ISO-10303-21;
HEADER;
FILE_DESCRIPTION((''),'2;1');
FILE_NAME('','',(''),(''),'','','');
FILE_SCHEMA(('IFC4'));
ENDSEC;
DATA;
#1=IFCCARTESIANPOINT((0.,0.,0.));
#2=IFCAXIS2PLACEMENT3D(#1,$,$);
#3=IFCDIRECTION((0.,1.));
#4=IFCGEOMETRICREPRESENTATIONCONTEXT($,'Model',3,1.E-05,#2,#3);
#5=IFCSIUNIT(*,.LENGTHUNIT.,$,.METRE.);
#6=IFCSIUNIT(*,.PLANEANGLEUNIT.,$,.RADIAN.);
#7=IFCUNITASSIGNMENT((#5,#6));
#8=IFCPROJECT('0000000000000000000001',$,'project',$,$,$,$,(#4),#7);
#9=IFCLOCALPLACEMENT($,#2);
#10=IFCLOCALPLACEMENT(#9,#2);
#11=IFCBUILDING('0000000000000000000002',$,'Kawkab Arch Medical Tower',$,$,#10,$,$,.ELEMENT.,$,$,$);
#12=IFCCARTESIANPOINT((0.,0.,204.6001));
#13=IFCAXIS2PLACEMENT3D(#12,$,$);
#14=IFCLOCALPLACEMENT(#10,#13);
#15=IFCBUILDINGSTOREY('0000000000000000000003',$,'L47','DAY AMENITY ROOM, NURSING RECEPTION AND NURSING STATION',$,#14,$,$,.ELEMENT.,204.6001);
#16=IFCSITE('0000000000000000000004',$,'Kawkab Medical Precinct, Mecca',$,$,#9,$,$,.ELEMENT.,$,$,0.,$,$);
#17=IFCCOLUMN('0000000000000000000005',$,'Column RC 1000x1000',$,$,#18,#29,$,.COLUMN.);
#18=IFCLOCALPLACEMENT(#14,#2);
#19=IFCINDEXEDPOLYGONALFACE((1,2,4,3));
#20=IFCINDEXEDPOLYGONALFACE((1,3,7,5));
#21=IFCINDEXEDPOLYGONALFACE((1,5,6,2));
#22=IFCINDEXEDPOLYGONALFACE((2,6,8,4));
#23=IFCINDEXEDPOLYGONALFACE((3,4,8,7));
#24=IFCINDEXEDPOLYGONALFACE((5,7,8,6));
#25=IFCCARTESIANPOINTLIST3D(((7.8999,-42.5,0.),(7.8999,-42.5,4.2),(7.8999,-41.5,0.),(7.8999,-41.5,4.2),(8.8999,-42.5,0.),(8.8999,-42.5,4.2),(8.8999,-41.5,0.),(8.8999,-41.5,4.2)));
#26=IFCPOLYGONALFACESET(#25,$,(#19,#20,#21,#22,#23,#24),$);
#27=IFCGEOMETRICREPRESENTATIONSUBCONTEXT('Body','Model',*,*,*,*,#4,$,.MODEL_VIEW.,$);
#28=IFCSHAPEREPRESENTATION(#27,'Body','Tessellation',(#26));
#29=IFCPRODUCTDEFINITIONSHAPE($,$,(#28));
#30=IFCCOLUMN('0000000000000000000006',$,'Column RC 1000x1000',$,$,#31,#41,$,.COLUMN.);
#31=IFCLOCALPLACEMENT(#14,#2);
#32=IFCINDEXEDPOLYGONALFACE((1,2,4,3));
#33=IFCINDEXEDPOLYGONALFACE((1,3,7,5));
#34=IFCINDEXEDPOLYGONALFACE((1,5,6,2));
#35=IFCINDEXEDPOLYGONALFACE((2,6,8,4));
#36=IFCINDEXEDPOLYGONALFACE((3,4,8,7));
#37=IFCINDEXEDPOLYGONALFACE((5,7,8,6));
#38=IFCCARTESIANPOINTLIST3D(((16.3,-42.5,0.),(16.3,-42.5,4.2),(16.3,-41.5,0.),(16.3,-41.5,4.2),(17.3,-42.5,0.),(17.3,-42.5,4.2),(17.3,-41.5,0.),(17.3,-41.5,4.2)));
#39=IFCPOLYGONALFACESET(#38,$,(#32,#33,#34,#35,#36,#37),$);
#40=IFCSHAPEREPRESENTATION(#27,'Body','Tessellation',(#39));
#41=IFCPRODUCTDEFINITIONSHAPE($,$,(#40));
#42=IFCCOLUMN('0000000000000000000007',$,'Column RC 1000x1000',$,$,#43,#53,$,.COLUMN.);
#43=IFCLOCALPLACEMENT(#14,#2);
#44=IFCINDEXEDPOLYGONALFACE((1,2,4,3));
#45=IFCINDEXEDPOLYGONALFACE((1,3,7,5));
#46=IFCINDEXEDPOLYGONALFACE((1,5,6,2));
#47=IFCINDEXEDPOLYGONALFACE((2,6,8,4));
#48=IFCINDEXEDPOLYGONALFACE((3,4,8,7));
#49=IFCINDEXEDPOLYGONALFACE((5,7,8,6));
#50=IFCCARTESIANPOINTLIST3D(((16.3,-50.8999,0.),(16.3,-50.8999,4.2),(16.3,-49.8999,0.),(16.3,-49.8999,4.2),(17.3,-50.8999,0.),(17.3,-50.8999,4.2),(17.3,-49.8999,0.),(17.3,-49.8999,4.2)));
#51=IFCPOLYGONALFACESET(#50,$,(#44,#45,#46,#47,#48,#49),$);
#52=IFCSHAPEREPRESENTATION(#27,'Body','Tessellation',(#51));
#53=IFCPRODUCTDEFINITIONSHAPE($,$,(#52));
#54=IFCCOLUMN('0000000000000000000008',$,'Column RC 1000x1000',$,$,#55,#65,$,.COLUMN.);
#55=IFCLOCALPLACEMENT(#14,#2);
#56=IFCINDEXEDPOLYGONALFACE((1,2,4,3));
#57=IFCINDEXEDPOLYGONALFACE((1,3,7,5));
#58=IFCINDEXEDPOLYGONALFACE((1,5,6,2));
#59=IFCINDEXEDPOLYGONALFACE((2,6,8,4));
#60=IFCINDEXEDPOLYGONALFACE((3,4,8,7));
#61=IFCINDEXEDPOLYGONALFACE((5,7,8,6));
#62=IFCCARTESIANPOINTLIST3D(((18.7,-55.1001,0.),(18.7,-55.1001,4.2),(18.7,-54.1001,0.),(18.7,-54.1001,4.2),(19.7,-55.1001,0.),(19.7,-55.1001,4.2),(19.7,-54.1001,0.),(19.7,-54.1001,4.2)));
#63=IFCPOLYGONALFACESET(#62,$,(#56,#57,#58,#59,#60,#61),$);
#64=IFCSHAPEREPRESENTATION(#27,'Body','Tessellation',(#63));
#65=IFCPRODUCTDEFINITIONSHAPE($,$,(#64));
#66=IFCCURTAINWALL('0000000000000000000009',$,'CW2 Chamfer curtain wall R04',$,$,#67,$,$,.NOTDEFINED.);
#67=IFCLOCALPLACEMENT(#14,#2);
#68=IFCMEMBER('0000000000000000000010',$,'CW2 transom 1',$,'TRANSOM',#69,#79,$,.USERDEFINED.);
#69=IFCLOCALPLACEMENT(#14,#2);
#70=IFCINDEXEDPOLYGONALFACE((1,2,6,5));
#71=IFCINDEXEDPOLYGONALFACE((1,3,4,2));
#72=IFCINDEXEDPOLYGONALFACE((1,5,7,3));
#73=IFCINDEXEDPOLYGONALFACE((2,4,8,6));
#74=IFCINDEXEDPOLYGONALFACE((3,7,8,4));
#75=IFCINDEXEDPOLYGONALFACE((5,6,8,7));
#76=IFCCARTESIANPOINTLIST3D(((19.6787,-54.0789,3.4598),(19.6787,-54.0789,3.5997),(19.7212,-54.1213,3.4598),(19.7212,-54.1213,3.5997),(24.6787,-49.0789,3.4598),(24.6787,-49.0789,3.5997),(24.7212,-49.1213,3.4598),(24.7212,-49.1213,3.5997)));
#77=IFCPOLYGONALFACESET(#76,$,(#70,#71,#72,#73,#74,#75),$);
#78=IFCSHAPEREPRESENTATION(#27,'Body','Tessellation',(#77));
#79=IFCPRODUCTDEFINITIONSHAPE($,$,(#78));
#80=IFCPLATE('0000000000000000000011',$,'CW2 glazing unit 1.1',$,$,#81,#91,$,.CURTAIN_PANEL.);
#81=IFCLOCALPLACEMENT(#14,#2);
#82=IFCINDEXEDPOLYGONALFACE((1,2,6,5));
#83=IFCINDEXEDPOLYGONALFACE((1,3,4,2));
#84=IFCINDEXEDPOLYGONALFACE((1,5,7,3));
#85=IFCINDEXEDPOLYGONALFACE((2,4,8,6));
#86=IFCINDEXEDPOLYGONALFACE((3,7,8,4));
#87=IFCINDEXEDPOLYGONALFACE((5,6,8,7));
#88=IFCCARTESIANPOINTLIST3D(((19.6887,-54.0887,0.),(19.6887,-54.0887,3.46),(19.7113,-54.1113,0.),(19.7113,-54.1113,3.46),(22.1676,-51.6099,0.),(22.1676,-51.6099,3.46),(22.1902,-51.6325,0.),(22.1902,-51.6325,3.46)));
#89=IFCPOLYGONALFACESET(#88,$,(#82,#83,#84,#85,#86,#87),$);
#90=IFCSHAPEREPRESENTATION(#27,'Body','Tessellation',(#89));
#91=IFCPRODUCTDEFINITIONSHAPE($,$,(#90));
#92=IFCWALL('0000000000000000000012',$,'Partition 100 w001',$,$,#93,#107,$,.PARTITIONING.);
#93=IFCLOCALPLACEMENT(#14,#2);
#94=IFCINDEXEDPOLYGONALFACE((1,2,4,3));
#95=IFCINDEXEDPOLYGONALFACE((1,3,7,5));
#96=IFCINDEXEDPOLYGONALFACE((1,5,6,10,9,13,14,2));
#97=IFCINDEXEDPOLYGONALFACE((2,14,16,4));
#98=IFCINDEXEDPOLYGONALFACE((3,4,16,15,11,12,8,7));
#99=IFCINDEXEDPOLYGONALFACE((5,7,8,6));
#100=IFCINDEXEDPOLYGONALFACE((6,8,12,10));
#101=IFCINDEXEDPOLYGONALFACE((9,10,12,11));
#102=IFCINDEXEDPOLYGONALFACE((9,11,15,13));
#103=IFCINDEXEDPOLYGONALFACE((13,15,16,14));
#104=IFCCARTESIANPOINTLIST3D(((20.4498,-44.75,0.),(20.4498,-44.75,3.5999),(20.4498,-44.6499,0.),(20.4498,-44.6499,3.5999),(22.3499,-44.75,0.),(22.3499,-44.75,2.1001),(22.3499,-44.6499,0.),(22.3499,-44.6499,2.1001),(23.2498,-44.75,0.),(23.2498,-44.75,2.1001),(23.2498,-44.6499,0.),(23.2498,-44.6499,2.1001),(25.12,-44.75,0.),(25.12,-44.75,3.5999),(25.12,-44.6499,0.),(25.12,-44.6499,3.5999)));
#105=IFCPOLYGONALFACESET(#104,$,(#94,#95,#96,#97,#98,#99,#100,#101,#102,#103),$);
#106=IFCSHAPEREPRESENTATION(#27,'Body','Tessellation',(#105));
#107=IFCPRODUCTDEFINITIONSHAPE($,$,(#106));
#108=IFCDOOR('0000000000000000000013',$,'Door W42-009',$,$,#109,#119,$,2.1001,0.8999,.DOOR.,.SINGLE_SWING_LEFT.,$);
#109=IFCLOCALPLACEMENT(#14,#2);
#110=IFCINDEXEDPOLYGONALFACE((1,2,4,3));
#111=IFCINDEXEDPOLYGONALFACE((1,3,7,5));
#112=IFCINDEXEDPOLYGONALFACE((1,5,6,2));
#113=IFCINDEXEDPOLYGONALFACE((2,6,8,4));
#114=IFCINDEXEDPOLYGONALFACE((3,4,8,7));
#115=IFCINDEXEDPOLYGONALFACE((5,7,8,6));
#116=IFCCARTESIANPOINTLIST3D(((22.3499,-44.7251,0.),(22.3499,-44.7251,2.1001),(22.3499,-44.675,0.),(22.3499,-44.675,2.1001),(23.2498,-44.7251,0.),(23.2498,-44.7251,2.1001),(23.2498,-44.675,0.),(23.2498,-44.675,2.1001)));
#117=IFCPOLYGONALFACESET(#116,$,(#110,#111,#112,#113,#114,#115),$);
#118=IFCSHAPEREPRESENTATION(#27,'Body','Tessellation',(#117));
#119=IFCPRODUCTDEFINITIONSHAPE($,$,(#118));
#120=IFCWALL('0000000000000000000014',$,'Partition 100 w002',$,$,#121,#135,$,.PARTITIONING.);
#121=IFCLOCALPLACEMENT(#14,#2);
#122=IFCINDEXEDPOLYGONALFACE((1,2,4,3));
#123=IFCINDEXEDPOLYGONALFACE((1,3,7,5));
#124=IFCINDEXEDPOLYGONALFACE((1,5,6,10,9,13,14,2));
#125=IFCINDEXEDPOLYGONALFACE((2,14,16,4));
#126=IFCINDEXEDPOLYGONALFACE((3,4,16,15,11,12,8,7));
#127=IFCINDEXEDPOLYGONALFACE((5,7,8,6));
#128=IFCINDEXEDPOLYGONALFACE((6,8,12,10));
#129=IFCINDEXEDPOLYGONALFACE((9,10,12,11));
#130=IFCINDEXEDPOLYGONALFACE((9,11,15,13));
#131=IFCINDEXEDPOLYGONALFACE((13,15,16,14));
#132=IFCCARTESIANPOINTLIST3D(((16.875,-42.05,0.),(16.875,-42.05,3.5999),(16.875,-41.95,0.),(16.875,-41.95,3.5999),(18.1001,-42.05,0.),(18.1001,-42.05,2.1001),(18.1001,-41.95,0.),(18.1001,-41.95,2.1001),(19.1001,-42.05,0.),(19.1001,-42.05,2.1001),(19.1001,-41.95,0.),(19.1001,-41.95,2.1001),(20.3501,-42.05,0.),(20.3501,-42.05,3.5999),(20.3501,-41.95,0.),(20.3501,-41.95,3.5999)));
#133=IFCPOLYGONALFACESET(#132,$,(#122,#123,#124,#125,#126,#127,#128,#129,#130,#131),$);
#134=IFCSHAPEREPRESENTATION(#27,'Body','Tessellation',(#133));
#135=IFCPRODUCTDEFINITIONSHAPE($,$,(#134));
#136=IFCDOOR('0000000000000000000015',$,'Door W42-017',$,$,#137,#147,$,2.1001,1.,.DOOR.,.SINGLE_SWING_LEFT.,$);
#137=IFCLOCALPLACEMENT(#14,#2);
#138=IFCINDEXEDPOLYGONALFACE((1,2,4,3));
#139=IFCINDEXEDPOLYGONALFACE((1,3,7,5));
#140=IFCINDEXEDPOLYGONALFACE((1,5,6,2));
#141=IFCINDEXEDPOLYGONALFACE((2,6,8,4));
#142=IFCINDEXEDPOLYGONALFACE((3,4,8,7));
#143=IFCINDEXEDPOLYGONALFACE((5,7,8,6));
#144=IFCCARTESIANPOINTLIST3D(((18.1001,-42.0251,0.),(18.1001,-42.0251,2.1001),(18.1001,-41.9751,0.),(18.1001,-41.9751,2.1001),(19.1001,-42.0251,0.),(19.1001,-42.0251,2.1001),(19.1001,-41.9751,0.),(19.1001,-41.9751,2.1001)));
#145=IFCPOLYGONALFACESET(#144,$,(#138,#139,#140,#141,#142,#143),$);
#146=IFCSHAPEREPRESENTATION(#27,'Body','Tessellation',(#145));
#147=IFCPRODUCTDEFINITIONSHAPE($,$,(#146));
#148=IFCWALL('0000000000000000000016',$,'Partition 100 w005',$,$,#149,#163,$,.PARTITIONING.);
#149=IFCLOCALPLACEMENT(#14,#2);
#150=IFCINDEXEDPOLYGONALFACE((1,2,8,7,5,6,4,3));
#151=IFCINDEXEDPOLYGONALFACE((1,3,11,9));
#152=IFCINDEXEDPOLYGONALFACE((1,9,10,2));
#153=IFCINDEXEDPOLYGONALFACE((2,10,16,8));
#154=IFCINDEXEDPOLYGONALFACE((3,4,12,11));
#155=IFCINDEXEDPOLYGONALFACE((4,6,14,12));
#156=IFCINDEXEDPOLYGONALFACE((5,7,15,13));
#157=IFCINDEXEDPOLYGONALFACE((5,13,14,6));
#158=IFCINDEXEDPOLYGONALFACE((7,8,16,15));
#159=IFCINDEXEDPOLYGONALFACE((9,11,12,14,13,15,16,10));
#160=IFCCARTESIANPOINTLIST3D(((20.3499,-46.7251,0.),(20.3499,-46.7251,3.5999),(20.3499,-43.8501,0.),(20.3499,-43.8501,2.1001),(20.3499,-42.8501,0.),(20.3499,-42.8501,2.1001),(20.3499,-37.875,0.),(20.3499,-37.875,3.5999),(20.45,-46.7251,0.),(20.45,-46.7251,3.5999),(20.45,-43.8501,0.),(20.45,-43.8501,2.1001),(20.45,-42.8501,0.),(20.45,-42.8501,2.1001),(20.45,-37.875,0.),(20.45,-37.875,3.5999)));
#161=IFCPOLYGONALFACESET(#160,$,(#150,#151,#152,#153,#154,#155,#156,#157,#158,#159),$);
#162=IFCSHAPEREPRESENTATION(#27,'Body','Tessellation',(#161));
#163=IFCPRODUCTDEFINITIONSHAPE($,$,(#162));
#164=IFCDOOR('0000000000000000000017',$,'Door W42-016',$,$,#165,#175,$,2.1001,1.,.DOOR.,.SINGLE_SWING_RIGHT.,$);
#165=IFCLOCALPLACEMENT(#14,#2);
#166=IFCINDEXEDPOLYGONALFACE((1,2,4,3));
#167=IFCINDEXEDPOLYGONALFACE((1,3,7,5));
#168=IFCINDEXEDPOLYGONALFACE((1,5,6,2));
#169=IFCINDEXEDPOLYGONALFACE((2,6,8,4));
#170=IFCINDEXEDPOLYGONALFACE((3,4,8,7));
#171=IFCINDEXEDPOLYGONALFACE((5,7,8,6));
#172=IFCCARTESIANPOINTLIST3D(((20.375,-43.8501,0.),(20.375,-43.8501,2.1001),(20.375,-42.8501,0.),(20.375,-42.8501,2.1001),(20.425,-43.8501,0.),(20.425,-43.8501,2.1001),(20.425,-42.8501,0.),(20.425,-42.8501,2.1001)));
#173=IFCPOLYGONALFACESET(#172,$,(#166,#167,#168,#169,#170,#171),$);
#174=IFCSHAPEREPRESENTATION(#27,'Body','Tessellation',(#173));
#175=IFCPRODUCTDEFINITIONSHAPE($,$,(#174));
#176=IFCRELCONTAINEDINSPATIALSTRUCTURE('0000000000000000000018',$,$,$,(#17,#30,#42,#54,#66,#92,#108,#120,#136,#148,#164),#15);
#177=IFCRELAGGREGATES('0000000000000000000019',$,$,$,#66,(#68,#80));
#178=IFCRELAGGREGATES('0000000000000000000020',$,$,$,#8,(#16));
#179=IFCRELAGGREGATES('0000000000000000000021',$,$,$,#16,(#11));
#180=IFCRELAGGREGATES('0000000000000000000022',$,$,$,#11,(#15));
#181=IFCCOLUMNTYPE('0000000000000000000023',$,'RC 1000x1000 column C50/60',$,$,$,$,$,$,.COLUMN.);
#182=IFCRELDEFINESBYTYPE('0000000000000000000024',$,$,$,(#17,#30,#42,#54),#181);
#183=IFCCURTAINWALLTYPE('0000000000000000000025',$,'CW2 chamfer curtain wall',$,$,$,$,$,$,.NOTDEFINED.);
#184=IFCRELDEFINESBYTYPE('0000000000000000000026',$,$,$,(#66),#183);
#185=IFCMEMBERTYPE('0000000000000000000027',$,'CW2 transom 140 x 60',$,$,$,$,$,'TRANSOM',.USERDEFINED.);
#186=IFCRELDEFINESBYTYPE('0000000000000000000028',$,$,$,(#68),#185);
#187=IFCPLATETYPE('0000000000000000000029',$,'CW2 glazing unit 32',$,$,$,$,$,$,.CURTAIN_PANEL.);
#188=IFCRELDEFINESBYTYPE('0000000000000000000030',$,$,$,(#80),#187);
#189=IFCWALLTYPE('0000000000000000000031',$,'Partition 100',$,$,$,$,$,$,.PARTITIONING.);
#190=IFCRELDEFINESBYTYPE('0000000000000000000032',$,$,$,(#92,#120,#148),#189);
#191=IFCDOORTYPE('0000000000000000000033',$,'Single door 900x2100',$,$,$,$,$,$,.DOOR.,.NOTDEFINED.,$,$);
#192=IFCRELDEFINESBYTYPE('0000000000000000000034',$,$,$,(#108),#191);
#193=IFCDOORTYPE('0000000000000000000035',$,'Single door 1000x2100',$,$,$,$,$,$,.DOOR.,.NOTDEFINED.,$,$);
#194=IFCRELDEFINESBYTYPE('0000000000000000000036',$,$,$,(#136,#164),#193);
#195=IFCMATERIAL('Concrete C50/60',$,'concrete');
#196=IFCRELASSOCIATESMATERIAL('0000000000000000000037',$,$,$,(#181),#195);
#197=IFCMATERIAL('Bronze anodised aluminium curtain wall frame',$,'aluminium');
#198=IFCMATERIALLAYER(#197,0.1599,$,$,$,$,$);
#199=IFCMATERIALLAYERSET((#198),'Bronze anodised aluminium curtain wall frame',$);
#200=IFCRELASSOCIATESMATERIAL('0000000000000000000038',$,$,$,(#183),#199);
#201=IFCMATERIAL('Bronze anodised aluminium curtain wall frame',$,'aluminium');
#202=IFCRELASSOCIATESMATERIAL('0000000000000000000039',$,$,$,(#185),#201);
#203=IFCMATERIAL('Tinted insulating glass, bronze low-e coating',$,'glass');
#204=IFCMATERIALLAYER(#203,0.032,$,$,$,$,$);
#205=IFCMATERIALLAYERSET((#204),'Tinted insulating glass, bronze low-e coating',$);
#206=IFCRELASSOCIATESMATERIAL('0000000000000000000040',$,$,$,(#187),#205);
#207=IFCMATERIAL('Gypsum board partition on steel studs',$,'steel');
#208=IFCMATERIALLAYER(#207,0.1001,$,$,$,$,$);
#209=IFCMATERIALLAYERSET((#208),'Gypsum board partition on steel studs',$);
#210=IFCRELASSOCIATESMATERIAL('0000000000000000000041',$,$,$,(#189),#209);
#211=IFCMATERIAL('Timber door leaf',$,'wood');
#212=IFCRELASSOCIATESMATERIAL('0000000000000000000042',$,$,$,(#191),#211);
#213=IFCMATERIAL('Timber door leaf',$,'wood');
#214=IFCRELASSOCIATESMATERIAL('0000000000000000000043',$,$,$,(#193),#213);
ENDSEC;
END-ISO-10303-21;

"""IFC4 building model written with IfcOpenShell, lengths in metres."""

from ifc_helpers import new_model, si_unit, direction, frame, frame_2d, origin, origin_2d, place, context, subcontext, project, spatial, rectangle, extrude, material, layer, layer_set, material_profile, profile_set, type_object, element, fill, aggregate, save


model = new_model("IFC4")

# Units and contexts
model_context = context("Model", 3, precision=1e-05, world=origin(), true_north=direction((0.0, 1.0)))
body_context = subcontext(model_context, "Body", "Model", "MODEL_VIEW")
ifc_project = project(units=[si_unit("LENGTHUNIT", "METRE"), si_unit("PLANEANGLEUNIT", "RADIAN")], contexts=[model_context])

# Site, building, storey
site_placement = place(None, origin())
site = spatial("IfcSite", under=ifc_project, at=site_placement, Name="Kawkab Medical Precinct, Mecca", CompositionType="ELEMENT", RefElevation=0.0)
building_placement = place(site_placement, origin())
building = spatial("IfcBuilding", under=site, at=building_placement, Name="Kawkab Arch Medical Tower", CompositionType="ELEMENT")
storey_placement = place(building_placement, frame((0.0, 0.0, 204.6001)))
storey = spatial("IfcBuildingStorey", under=building, at=storey_placement, Name="L47", Description="DAY AMENITY ROOM, NURSING RECEPTION AND NURSING STATION", CompositionType="ELEMENT", Elevation=204.6001)

# Columns
ifc_material_1 = material(Name="Concrete C50/60", Category="concrete")
ifc_material_profile_1 = material_profile(ifc_material_1, rectangle(XDim=1.0, YDim=1.0, at=origin_2d()), Name="RC 1000x1000")
ifc_profile_set_1 = profile_set([ifc_material_profile_1], Name="Concrete C50/60")
column_type = type_object("IfcColumnType", Name="RC 1000x1000 column C50/60", PredefinedType="COLUMN", material=ifc_profile_set_1)
for number, where, z_axis, x_axis, name in (
    (1, (8.3999, -42.0, 0.0), (0.0, 0.0, 1.0), (1.0, 0.0, 0.0), "Column RC 1000x1000"),
    (2, (16.8, -42.0, 0.0), (0.0, 0.0, 1.0), (1.0, 0.0, 0.0), "Column RC 1000x1000"),
    (3, (16.8, -50.3999, 0.0), (0.0, 0.0, 1.0), (1.0, 0.0, 0.0), "Column RC 1000x1000"),
    (4, (19.2, -54.6001, 0.0), (0.0, 0.0, 1.0), (1.0, 0.0, 0.0), "Column RC 1000x1000"),
):
    element("IfcColumn", number, at=place(storey_placement, frame(where, z_axis=z_axis, x_axis=x_axis)), inside=storey, type_object=column_type, Name=name, PredefinedType="COLUMN", context=body_context, shape_type="SweptSolid", body=[
        extrude(rectangle(XDim=1.0, YDim=1.0, at=origin_2d()), origin(), (0.0, 0.0, 1.0), 4.2),
    ])

# Curtain wall, member, plate
ifc_material_2 = material(Name="Bronze anodised aluminium curtain wall frame", Category="aluminium")
ifc_layer_1 = layer(ifc_material_2, 0.1599)
ifc_layer_set_1 = layer_set([ifc_layer_1], Name="Bronze anodised aluminium curtain wall frame")
curtain_wall_type = type_object("IfcCurtainWallType", Name="CW2 chamfer curtain wall", PredefinedType="NOTDEFINED", material=ifc_layer_set_1)
curtain_wall_placement = place(storey_placement, origin())
curtain_wall = element("IfcCurtainWall", 5, at=curtain_wall_placement, inside=storey, type_object=curtain_wall_type, Name="CW2 Chamfer curtain wall R04", PredefinedType="NOTDEFINED")
ifc_material_3 = material(Name="Bronze anodised aluminium curtain wall frame", Category="aluminium")
ifc_material_profile_2 = material_profile(ifc_material_3, rectangle(XDim=0.0601, YDim=0.1399, at=origin_2d()), Name="AL 60x140")
ifc_profile_set_2 = profile_set([ifc_material_profile_2], Name="Bronze anodised aluminium curtain wall frame")
member_type = type_object("IfcMemberType", Name="CW2 transom 140 x 60", ElementType="TRANSOM", PredefinedType="USERDEFINED", material=ifc_profile_set_2)
member_placement = place(storey_placement, frame((19.7, -54.1001, 3.5298), z_axis=(0.707107, 0.707107, 0.0), x_axis=(-0.707107, 0.707107, 0.0)))
member = element("IfcMember", 6, at=member_placement, type_object=member_type, Name="CW2 transom 1", ObjectType="TRANSOM", PredefinedType="USERDEFINED", context=body_context, shape_type="SweptSolid", body=[
    extrude(rectangle(XDim=0.0601, YDim=0.1399, at=origin_2d()), origin(), (0.0, 0.0, 1.0), 7.071),
])
ifc_material_4 = material(Name="Tinted insulating glass, bronze low-e coating", Category="glass")
ifc_layer_2 = layer(ifc_material_4, 0.032)
ifc_layer_set_2 = layer_set([ifc_layer_2], Name="Tinted insulating glass, bronze low-e coating")
plate_type = type_object("IfcPlateType", Name="CW2 glazing unit 32", PredefinedType="CURTAIN_PANEL", material=ifc_layer_set_2)
plate_placement = place(storey_placement, frame((20.9395, -52.8606, 0.0), z_axis=(0.0, 0.0, 1.0), x_axis=(0.707107, 0.707107, 0.0)))
plate = element("IfcPlate", 7, at=plate_placement, type_object=plate_type, Name="CW2 glazing unit 1.1", PredefinedType="CURTAIN_PANEL", context=body_context, shape_type="SweptSolid", body=[
    extrude(rectangle(XDim=3.5056, YDim=0.032, at=origin_2d()), origin(), (0.0, 0.0, 1.0), 3.46),
])
aggregate(curtain_wall, [member, plate])

# Walls, openings, doors
ifc_material_5 = material(Name="Gypsum board partition on steel studs", Category="steel")
ifc_layer_3 = layer(ifc_material_5, 0.1001)
ifc_layer_set_3 = layer_set([ifc_layer_3], Name="Gypsum board partition on steel studs")
wall_type_1 = type_object("IfcWallType", Name="Partition 100", PredefinedType="PARTITIONING", material=ifc_layer_set_3)
wall_1_placement = place(storey_placement, frame((20.45, -44.7, 0.0), z_axis=(0.0, 0.0, 1.0), x_axis=(1.0, 0.0, 0.0)))
wall_1 = element("IfcWall", 8, at=wall_1_placement, inside=storey, type_object=wall_type_1, Name="Partition 100 w001", PredefinedType="PARTITIONING", context=body_context, shape_type="SweptSolid", body=[
    extrude(rectangle(XDim=4.6702, YDim=0.1001, at=frame_2d((2.335, 0.0))), origin(), (0.0, 0.0, 1.0), 3.5999),
])
opening_1_placement = place(wall_1_placement, frame((1.8999, 0.0, 0.0)))
opening_1 = element("IfcOpeningElement", 9, at=opening_1_placement, cuts=wall_1, PredefinedType="OPENING", context=body_context, shape_type="SweptSolid", body=[
    extrude(rectangle(XDim=0.8999, YDim=2.1001, at=frame_2d((0.45, 1.05))), frame((0.0, 0.0601, 0.0), z_axis=(0.0, -1.0, 0.0), x_axis=(1.0, 0.0, 0.0)), (0.0, 0.0, 1.0), 0.1201),
])
ifc_material_6 = material(Name="Timber door leaf", Category="wood")
door_type_1 = type_object("IfcDoorType", Name="Single door 900x2100", OperationType="NOTDEFINED", PredefinedType="DOOR", material=ifc_material_6)
door_1_placement = place(opening_1_placement, origin())
door_1 = element("IfcDoor", 10, at=door_1_placement, inside=storey, type_object=door_type_1, Name="Door W42-009", OperationType="SINGLE_SWING_LEFT", OverallHeight=2.1001, OverallWidth=0.8999, PredefinedType="DOOR", context=body_context, shape_type="SweptSolid", body=[
    extrude(rectangle(XDim=0.8999, YDim=2.1001, at=frame_2d((0.45, 1.05))), frame((0.0, 0.0249, 0.0), z_axis=(0.0, -1.0, 0.0), x_axis=(1.0, 0.0, 0.0)), (0.0, 0.0, 1.0), 0.05),
])
fill(opening_1, door_1)
wall_2_placement = place(storey_placement, frame((16.875, -42.0, 0.0), z_axis=(0.0, 0.0, 1.0), x_axis=(1.0, 0.0, 0.0)))
wall_2 = element("IfcWall", 11, at=wall_2_placement, inside=storey, type_object=wall_type_1, Name="Partition 100 w002", PredefinedType="PARTITIONING", context=body_context, shape_type="SweptSolid", body=[
    extrude(rectangle(XDim=3.4751, YDim=0.1001, at=frame_2d((1.7375, 0.0))), origin(), (0.0, 0.0, 1.0), 3.5999),
])
opening_2_placement = place(wall_2_placement, frame((1.2251, 0.0, 0.0)))
opening_2 = element("IfcOpeningElement", 12, at=opening_2_placement, cuts=wall_2, PredefinedType="OPENING", context=body_context, shape_type="SweptSolid", body=[
    extrude(rectangle(XDim=1.0, YDim=2.1001, at=frame_2d((0.5, 1.05))), frame((0.0, 0.0601, 0.0), z_axis=(0.0, -1.0, 0.0), x_axis=(1.0, 0.0, 0.0)), (0.0, 0.0, 1.0), 0.1201),
])
ifc_material_7 = material(Name="Timber door leaf", Category="wood")
door_type_2 = type_object("IfcDoorType", Name="Single door 1000x2100", OperationType="NOTDEFINED", PredefinedType="DOOR", material=ifc_material_7)
door_2_placement = place(opening_2_placement, origin())
door_2 = element("IfcDoor", 13, at=door_2_placement, inside=storey, type_object=door_type_2, Name="Door W42-017", OperationType="SINGLE_SWING_LEFT", OverallHeight=2.1001, OverallWidth=1.0, PredefinedType="DOOR", context=body_context, shape_type="SweptSolid", body=[
    extrude(rectangle(XDim=1.0, YDim=2.1001, at=frame_2d((0.5, 1.05))), frame((0.0, 0.0249, 0.0), z_axis=(0.0, -1.0, 0.0), x_axis=(1.0, 0.0, 0.0)), (0.0, 0.0, 1.0), 0.05),
])
fill(opening_2, door_2)
wall_3_placement = place(storey_placement, frame((20.3999, -46.7251, 0.0), z_axis=(0.0, 0.0, 1.0), x_axis=(0.0, 1.0, 0.0)))
wall_3 = element("IfcWall", 14, at=wall_3_placement, inside=storey, type_object=wall_type_1, Name="Partition 100 w005", PredefinedType="PARTITIONING", context=body_context, shape_type="SweptSolid", body=[
    extrude(rectangle(XDim=8.8501, YDim=0.1001, at=frame_2d((4.425, 0.0))), origin(), (0.0, 0.0, 1.0), 3.5999),
])
opening_3_placement = place(wall_3_placement, frame((2.875, 0.0, 0.0)))
opening_3 = element("IfcOpeningElement", 15, at=opening_3_placement, cuts=wall_3, PredefinedType="OPENING", context=body_context, shape_type="SweptSolid", body=[
    extrude(rectangle(XDim=1.0, YDim=2.1001, at=frame_2d((0.5, 1.05))), frame((0.0, 0.0601, 0.0), z_axis=(0.0, -1.0, 0.0), x_axis=(1.0, 0.0, 0.0)), (0.0, 0.0, 1.0), 0.1201),
])
door_3_placement = place(opening_3_placement, origin())
door_3 = element("IfcDoor", 16, at=door_3_placement, inside=storey, type_object=door_type_2, Name="Door W42-016", OperationType="SINGLE_SWING_RIGHT", OverallHeight=2.1001, OverallWidth=1.0, PredefinedType="DOOR", context=body_context, shape_type="SweptSolid", body=[
    extrude(rectangle(XDim=1.0, YDim=2.1001, at=frame_2d((0.5, 1.05))), frame((0.0, 0.0249, 0.0), z_axis=(0.0, -1.0, 0.0), x_axis=(1.0, 0.0, 0.0)), (0.0, 0.0, 1.0), 0.05),
])
fill(opening_3, door_3)

save(model, "model.ifc")
